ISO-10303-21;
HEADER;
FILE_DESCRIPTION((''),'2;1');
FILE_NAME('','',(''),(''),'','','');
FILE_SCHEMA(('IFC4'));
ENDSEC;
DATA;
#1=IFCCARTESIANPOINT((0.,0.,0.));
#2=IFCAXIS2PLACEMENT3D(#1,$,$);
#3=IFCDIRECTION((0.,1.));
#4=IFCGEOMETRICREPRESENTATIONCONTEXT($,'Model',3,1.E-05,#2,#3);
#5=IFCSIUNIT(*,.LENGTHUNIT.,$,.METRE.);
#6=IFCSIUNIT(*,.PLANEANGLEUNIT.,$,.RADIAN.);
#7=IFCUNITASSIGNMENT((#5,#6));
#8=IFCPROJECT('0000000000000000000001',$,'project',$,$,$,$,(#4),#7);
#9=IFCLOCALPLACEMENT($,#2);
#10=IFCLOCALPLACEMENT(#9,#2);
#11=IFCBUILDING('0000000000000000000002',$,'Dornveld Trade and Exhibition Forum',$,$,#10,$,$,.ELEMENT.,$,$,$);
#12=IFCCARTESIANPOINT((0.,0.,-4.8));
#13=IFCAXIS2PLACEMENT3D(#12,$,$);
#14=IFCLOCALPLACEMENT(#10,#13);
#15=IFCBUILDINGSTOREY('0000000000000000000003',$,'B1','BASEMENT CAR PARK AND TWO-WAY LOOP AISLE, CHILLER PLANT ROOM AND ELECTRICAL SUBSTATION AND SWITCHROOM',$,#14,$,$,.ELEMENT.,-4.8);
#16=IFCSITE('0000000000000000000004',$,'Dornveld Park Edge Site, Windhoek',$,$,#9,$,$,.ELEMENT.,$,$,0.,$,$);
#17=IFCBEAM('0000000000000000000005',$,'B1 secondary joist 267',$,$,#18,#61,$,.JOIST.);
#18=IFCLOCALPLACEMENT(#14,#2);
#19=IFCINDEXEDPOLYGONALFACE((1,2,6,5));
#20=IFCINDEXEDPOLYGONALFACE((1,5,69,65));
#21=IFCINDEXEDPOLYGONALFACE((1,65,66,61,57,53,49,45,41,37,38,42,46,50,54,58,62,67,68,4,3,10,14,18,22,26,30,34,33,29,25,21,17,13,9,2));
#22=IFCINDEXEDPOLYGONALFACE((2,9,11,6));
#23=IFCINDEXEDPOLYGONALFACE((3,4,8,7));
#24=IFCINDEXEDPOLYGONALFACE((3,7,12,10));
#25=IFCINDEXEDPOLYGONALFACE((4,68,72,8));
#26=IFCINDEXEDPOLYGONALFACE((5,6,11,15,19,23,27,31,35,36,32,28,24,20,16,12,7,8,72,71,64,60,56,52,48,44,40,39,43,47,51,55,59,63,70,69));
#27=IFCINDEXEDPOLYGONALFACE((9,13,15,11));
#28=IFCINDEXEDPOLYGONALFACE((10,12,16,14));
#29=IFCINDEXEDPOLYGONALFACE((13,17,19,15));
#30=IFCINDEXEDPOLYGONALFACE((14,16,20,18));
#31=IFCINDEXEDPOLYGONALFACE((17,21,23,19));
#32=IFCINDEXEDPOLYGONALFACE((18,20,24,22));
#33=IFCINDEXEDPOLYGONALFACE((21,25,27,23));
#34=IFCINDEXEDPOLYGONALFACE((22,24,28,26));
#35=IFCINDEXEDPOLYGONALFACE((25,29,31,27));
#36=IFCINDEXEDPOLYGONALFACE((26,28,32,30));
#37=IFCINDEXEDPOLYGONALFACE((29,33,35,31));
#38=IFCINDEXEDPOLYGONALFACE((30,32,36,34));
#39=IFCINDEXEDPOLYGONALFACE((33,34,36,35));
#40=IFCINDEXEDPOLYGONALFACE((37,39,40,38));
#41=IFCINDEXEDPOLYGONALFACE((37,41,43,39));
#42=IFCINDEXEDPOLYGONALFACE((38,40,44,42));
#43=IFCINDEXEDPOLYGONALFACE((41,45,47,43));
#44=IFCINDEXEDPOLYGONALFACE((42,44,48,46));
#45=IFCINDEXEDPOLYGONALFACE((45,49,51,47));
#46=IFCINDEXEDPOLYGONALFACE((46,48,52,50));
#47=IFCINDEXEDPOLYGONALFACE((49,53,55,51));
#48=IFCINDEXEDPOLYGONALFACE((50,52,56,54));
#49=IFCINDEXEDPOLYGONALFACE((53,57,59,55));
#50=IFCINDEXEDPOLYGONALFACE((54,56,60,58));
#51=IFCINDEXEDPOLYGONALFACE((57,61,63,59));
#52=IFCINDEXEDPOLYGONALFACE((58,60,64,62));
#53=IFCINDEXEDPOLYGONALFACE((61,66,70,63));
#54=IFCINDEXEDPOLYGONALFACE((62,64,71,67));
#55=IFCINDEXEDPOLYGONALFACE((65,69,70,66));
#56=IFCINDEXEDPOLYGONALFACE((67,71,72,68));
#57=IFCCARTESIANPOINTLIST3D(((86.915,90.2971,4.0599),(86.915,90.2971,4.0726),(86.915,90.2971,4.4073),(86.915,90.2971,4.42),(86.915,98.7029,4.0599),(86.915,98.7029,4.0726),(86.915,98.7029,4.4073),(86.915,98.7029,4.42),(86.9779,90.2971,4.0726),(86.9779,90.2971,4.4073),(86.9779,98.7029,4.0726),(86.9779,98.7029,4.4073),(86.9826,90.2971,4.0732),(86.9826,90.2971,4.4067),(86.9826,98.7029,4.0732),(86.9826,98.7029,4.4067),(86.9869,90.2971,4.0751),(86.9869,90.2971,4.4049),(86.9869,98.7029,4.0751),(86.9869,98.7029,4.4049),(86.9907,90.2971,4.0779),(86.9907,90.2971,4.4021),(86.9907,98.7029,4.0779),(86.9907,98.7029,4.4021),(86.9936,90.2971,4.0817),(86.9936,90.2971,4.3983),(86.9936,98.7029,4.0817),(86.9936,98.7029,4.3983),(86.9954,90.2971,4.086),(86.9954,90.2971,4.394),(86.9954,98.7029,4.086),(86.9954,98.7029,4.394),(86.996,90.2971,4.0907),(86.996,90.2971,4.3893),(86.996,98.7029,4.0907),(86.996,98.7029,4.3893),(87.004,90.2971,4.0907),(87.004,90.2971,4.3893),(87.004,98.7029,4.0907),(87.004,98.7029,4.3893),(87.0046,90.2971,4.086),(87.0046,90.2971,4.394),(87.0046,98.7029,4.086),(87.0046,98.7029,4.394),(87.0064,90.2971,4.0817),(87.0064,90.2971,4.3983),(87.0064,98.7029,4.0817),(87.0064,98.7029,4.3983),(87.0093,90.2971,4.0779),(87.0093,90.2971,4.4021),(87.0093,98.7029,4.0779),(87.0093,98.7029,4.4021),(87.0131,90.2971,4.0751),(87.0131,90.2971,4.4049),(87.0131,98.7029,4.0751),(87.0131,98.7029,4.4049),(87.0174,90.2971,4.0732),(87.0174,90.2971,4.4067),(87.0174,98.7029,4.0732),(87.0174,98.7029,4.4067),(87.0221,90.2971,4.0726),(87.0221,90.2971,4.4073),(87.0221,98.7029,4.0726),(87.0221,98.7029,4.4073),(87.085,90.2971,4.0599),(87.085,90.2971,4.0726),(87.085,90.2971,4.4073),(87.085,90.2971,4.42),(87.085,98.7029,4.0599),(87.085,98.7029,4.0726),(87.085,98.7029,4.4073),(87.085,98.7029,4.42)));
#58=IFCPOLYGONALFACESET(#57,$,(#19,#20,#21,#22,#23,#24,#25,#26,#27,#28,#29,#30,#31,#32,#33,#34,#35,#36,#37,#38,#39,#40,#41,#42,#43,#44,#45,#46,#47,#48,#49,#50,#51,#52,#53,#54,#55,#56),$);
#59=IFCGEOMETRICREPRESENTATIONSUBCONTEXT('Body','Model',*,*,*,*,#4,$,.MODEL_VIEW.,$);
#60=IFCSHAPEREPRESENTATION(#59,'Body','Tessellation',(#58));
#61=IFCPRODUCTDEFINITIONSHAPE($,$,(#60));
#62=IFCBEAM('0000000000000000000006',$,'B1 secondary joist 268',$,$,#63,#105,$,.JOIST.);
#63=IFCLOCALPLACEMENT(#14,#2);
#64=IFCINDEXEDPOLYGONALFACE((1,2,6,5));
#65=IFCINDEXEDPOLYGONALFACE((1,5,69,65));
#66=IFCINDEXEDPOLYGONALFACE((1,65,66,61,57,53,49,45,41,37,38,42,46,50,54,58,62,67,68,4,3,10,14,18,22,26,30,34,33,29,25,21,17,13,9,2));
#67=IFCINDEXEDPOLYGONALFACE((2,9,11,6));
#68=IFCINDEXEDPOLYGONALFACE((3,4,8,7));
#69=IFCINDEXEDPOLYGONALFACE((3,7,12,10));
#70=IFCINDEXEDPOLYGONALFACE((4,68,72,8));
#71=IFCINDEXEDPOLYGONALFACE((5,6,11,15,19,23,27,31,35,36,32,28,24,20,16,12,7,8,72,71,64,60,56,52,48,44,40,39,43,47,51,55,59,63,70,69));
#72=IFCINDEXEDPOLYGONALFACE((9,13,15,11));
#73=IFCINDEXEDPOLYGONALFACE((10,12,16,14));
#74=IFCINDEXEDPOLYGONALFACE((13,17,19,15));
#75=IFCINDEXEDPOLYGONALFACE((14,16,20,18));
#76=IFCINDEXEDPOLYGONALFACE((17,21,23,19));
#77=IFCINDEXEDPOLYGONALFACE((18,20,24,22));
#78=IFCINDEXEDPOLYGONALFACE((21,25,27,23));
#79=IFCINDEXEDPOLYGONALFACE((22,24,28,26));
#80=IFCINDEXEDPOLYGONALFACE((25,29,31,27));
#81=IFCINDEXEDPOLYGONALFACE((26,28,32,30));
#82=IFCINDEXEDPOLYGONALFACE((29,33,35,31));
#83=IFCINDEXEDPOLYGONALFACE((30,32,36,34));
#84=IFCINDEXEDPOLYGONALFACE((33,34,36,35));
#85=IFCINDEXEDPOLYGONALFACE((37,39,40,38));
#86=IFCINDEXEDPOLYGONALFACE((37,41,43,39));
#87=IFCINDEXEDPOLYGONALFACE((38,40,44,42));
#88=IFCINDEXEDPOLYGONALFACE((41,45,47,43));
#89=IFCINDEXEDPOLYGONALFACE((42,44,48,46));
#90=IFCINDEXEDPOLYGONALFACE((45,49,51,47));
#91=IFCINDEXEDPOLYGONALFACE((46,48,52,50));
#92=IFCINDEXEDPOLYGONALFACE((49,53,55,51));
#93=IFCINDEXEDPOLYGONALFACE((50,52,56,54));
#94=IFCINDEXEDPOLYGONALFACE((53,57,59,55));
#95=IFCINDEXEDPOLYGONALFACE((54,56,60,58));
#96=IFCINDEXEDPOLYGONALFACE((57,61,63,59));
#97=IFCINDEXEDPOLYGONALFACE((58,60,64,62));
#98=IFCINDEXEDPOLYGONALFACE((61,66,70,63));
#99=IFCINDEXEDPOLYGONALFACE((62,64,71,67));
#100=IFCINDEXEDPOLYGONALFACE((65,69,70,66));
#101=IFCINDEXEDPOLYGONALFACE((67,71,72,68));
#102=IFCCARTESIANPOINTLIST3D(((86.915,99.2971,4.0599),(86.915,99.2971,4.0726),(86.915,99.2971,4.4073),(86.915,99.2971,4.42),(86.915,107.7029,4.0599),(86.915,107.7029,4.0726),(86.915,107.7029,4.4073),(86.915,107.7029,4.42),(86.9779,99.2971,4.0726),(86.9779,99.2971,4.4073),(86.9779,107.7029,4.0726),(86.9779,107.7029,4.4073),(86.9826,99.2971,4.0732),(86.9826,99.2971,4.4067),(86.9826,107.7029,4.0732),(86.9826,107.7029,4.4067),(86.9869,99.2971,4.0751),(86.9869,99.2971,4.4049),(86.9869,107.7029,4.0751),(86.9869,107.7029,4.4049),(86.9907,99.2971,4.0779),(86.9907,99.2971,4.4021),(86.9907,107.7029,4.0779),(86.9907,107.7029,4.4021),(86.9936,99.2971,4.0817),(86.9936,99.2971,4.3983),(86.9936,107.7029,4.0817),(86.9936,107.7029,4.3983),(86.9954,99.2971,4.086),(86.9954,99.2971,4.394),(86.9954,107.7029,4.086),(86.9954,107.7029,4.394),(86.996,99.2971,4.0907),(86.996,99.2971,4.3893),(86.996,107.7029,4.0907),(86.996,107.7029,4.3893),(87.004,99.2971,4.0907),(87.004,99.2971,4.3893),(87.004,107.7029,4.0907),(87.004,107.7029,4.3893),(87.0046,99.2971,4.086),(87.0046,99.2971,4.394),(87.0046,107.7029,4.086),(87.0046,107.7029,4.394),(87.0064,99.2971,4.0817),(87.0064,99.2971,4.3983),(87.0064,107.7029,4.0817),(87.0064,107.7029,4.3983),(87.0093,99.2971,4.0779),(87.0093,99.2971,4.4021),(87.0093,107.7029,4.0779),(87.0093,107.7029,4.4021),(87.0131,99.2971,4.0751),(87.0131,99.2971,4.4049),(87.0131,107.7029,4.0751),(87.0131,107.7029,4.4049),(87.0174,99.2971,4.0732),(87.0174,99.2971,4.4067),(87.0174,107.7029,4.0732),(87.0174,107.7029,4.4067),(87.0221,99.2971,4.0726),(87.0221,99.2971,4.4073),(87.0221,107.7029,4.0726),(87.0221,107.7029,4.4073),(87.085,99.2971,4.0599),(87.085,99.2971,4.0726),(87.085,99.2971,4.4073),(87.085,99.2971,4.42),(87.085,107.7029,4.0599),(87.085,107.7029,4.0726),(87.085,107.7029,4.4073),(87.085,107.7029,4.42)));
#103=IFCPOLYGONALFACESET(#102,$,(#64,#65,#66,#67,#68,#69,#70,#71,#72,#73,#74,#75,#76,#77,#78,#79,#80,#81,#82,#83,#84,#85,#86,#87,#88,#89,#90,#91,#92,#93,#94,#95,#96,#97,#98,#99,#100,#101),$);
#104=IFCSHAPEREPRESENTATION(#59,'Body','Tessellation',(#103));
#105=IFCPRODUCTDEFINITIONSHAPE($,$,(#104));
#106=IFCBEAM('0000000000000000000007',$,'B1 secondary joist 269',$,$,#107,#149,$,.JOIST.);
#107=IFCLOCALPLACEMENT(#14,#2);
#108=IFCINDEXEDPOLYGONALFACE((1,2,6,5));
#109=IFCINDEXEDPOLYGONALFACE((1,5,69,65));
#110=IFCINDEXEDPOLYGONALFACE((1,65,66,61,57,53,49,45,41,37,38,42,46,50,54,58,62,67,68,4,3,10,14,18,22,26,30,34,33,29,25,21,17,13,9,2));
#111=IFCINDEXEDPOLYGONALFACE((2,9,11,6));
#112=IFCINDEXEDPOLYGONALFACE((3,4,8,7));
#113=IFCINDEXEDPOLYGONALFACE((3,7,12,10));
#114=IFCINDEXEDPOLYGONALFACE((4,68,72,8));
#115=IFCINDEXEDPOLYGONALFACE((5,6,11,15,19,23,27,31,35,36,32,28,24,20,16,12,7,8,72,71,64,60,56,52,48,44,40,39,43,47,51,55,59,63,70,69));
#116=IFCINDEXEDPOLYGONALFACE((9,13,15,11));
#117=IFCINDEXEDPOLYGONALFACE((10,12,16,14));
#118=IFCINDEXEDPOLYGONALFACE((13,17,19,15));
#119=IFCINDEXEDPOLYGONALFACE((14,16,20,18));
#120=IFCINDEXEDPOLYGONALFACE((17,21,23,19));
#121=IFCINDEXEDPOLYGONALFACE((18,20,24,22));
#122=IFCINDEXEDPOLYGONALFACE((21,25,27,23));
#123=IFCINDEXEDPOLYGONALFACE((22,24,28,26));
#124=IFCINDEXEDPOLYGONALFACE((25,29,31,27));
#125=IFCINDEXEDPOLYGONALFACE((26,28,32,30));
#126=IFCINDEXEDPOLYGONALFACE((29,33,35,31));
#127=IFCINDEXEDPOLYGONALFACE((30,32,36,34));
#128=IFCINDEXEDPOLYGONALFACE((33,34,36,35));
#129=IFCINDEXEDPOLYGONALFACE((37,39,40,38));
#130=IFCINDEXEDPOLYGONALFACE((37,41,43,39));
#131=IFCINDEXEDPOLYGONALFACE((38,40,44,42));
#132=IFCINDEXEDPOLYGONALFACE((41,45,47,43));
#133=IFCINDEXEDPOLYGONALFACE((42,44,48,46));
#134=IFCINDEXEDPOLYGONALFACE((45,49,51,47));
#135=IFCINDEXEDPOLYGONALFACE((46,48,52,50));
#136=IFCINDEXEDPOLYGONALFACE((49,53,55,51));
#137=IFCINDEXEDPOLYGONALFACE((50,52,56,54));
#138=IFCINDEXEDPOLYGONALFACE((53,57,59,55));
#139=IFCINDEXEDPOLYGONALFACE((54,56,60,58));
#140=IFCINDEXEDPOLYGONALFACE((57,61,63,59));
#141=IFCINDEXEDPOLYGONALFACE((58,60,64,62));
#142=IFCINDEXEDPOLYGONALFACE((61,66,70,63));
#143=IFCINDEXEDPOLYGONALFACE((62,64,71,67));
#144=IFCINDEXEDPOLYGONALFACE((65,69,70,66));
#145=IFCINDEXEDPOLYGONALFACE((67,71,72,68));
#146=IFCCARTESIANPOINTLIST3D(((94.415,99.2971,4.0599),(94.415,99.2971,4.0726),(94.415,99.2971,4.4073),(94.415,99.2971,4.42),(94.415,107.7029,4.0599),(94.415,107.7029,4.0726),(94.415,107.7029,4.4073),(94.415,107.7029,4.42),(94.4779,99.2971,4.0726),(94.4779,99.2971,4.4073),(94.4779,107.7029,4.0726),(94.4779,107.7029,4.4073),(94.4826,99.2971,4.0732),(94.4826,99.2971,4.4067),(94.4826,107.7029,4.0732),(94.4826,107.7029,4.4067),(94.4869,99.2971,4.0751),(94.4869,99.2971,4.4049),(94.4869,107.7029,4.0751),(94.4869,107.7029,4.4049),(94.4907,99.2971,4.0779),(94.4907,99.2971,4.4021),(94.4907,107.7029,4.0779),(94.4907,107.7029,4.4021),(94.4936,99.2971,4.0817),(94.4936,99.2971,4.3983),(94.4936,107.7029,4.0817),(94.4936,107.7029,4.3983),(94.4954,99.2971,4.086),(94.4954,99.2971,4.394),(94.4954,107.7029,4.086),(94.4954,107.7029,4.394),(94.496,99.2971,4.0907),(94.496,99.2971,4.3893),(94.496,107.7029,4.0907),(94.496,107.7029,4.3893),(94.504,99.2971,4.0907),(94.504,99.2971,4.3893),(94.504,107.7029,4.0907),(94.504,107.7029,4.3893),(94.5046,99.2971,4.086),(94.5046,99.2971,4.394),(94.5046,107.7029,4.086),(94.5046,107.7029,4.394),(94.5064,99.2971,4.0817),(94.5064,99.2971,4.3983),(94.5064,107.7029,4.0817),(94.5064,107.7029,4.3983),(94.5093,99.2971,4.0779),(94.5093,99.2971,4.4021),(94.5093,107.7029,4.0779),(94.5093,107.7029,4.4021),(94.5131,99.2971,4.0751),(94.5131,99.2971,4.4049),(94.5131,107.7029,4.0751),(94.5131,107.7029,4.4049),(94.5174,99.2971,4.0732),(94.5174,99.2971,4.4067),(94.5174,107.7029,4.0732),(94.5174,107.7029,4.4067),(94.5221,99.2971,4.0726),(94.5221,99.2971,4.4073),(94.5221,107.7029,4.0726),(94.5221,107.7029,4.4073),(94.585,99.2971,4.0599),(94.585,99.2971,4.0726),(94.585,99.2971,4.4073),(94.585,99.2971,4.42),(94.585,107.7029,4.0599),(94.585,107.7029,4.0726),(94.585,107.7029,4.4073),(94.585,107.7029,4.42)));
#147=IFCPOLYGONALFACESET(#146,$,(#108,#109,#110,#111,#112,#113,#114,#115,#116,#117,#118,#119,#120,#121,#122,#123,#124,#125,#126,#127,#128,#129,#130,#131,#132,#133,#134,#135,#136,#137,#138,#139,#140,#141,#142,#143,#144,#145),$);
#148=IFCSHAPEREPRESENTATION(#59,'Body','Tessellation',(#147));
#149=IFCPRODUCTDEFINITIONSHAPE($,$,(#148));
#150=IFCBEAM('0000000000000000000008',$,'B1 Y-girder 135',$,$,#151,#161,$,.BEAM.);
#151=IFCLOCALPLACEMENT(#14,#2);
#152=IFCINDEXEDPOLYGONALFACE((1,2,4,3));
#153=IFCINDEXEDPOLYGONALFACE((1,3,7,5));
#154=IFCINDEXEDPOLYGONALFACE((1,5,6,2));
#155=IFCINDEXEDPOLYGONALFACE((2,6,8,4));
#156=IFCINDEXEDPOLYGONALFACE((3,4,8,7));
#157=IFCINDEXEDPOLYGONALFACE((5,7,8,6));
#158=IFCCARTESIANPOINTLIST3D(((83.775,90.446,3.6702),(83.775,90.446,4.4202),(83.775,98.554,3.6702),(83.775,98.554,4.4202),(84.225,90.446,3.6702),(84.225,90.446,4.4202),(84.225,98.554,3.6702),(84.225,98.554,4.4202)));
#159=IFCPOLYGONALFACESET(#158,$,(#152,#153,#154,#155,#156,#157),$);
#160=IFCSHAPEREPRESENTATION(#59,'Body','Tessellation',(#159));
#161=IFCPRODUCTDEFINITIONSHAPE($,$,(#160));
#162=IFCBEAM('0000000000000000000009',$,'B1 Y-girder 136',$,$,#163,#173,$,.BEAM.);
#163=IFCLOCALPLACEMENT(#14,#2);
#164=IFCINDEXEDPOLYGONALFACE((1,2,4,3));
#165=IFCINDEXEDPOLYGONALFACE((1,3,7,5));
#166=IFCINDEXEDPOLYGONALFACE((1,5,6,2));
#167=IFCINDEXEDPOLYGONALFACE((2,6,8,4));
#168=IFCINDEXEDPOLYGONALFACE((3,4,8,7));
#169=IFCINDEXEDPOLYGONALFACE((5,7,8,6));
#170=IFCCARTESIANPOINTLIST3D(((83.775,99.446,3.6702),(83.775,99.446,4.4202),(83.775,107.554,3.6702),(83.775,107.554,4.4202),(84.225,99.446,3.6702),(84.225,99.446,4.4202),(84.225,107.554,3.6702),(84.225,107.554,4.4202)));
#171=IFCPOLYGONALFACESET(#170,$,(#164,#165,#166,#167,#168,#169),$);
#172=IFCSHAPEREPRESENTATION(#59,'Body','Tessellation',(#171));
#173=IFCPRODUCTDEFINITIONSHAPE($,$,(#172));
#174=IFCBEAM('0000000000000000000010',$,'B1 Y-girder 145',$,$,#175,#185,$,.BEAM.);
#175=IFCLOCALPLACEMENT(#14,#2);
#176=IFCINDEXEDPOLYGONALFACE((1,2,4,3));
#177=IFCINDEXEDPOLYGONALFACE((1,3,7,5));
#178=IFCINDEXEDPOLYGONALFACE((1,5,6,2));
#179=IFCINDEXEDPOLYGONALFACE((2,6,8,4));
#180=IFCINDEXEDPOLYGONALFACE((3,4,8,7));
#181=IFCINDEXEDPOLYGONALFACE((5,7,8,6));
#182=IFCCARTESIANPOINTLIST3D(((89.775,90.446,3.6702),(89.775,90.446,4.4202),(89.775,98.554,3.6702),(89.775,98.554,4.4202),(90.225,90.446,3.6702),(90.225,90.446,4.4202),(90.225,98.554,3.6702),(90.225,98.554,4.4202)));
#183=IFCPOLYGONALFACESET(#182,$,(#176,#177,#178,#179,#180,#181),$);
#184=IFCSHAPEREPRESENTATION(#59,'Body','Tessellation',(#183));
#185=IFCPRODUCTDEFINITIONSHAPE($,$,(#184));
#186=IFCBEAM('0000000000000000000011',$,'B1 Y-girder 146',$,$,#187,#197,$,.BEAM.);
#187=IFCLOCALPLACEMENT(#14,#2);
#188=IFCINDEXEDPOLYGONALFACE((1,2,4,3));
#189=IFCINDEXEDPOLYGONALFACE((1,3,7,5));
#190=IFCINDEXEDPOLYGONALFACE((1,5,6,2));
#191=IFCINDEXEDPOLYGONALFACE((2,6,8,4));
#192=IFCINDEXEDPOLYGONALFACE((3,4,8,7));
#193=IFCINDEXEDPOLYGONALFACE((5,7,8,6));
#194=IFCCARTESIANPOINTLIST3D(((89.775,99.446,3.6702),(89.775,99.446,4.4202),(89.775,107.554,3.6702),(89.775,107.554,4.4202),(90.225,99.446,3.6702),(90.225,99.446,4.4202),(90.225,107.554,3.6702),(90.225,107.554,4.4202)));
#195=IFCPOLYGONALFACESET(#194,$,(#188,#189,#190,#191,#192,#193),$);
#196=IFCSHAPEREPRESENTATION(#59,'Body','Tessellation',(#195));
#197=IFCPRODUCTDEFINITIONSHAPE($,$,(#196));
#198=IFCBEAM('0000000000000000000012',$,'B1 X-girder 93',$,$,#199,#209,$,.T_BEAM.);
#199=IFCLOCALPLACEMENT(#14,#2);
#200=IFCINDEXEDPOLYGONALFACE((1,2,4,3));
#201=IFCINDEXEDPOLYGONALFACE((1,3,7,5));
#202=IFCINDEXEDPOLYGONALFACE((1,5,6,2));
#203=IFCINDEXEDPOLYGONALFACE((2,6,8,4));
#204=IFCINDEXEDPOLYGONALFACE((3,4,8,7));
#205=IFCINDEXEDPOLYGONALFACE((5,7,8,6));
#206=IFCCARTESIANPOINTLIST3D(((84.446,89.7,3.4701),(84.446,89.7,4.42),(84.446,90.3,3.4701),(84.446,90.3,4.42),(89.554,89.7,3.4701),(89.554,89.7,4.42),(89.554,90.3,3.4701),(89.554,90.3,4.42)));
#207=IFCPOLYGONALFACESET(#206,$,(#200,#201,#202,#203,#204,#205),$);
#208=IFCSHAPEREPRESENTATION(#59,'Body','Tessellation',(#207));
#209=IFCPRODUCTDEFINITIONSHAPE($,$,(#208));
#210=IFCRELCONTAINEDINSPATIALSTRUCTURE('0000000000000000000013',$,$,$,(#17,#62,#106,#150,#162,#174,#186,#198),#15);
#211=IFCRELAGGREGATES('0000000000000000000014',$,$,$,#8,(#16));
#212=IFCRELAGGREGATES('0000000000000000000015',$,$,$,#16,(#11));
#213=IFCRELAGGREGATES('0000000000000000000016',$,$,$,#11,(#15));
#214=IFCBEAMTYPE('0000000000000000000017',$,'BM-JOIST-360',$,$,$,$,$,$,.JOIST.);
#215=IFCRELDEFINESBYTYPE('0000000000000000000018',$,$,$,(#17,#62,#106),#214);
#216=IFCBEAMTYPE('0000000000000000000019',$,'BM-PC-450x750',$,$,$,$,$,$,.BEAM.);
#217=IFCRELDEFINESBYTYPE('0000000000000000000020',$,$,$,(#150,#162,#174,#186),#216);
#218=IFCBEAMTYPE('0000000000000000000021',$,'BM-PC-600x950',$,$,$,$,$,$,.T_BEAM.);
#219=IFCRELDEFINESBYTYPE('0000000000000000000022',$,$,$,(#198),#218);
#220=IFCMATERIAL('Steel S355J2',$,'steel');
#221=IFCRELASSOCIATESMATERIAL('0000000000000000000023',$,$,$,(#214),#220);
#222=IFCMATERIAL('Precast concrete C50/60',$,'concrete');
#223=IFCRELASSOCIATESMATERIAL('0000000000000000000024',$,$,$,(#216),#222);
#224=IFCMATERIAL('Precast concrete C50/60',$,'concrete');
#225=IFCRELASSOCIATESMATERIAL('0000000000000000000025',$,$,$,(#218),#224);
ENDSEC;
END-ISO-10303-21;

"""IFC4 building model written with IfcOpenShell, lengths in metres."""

from ifc_helpers import new_model, si_unit, direction, frame, origin, origin_2d, place, context, subcontext, project, spatial, rectangle, i_section, extrude, material, material_profile, profile_set, type_object, element, save


model = new_model("IFC4")

# Units and contexts
model_context = context("Model", 3, precision=1e-05, world=origin(), true_north=direction((0.0, 1.0)))
body_context = subcontext(model_context, "Body", "Model", "MODEL_VIEW")
ifc_project = project(units=[si_unit("LENGTHUNIT", "METRE"), si_unit("PLANEANGLEUNIT", "RADIAN")], contexts=[model_context])

# Site, building, storey
site_placement = place(None, origin())
site = spatial("IfcSite", under=ifc_project, at=site_placement, Name="Dornveld Park Edge Site, Windhoek", CompositionType="ELEMENT", RefElevation=0.0)
building_placement = place(site_placement, origin())
building = spatial("IfcBuilding", under=site, at=building_placement, Name="Dornveld Trade and Exhibition Forum", CompositionType="ELEMENT")
storey_placement = place(building_placement, frame((0.0, 0.0, -4.8)))
storey = spatial("IfcBuildingStorey", under=building, at=storey_placement, Name="B1", Description="BASEMENT CAR PARK AND TWO-WAY LOOP AISLE, CHILLER PLANT ROOM AND ELECTRICAL SUBSTATION AND SWITCHROOM", CompositionType="ELEMENT", Elevation=-4.8)

# Beams
ifc_material_1 = material(Name="Steel S355J2", Category="steel")
ifc_material_profile_1 = material_profile(ifc_material_1, i_section(OverallWidth=0.1699, OverallDepth=0.3601, WebThickness=0.0081, FlangeThickness=0.0127, FilletRadius=0.0181, at=origin_2d()), Name="IPE 360")
ifc_profile_set_1 = profile_set([ifc_material_profile_1], Name="Steel S355J2")
beam_type_1 = type_object("IfcBeamType", Name="BM-JOIST-360", PredefinedType="JOIST", material=ifc_profile_set_1)
for number, where, z_axis, x_axis, name in (
    (1, (87.0, 90.2971, 4.24), (0.0, 1.0, 0.0), (-1.0, 0.0, 0.0), "B1 secondary joist 267"),
    (2, (87.0, 99.2971, 4.24), (0.0, 1.0, 0.0), (-1.0, 0.0, 0.0), "B1 secondary joist 268"),
    (3, (94.5, 99.2971, 4.24), (0.0, 1.0, 0.0), (-1.0, 0.0, 0.0), "B1 secondary joist 269"),
):
    element("IfcBeam", number, at=place(storey_placement, frame(where, z_axis=z_axis, x_axis=x_axis)), inside=storey, type_object=beam_type_1, Name=name, PredefinedType="JOIST", context=body_context, shape_type="SweptSolid", body=[
        extrude(i_section(OverallWidth=0.1699, OverallDepth=0.3601, WebThickness=0.0081, FlangeThickness=0.0127, FilletRadius=0.0181, at=origin_2d()), origin(), (0.0, 0.0, 1.0), 8.4058),
    ])
ifc_material_2 = material(Name="Precast concrete C50/60", Category="concrete")
ifc_material_profile_2 = material_profile(ifc_material_2, rectangle(XDim=0.45, YDim=0.75, at=origin_2d()), Name="PC-BM 450x750")
ifc_profile_set_2 = profile_set([ifc_material_profile_2], Name="Precast concrete C50/60")
beam_type_2 = type_object("IfcBeamType", Name="BM-PC-450x750", PredefinedType="BEAM", material=ifc_profile_set_2)
for number, where, z_axis, x_axis, name in (
    (4, (84.0, 90.446, 4.0452), (0.0, 1.0, 0.0), (-1.0, 0.0, 0.0), "B1 Y-girder 135"),
    (5, (84.0, 99.446, 4.0452), (0.0, 1.0, 0.0), (-1.0, 0.0, 0.0), "B1 Y-girder 136"),
    (6, (90.0, 90.446, 4.0452), (0.0, 1.0, 0.0), (-1.0, 0.0, 0.0), "B1 Y-girder 145"),
    (7, (90.0, 99.446, 4.0452), (0.0, 1.0, 0.0), (-1.0, 0.0, 0.0), "B1 Y-girder 146"),
):
    element("IfcBeam", number, at=place(storey_placement, frame(where, z_axis=z_axis, x_axis=x_axis)), inside=storey, type_object=beam_type_2, Name=name, PredefinedType="BEAM", context=body_context, shape_type="SweptSolid", body=[
        extrude(rectangle(XDim=0.45, YDim=0.75, at=origin_2d()), origin(), (0.0, 0.0, 1.0), 8.1079),
    ])
ifc_material_3 = material(Name="Precast concrete C50/60", Category="concrete")
ifc_material_profile_3 = material_profile(ifc_material_3, rectangle(XDim=0.6001, YDim=0.95, at=origin_2d()), Name="PC-GIR 600x950")
ifc_profile_set_3 = profile_set([ifc_material_profile_3], Name="Precast concrete C50/60")
beam_type_3 = type_object("IfcBeamType", Name="BM-PC-600x950", PredefinedType="T_BEAM", material=ifc_profile_set_3)
for number, where, z_axis, x_axis, name in (
    (8, (84.446, 90.0, 3.9451), (1.0, 0.0, 0.0), (0.0, 1.0, 0.0), "B1 X-girder 93"),
):
    element("IfcBeam", number, at=place(storey_placement, frame(where, z_axis=z_axis, x_axis=x_axis)), inside=storey, type_object=beam_type_3, Name=name, PredefinedType="T_BEAM", context=body_context, shape_type="SweptSolid", body=[
        extrude(rectangle(XDim=0.6001, YDim=0.95, at=origin_2d()), origin(), (0.0, 0.0, 1.0), 5.1079),
    ])

save(model, "model.ifc")
